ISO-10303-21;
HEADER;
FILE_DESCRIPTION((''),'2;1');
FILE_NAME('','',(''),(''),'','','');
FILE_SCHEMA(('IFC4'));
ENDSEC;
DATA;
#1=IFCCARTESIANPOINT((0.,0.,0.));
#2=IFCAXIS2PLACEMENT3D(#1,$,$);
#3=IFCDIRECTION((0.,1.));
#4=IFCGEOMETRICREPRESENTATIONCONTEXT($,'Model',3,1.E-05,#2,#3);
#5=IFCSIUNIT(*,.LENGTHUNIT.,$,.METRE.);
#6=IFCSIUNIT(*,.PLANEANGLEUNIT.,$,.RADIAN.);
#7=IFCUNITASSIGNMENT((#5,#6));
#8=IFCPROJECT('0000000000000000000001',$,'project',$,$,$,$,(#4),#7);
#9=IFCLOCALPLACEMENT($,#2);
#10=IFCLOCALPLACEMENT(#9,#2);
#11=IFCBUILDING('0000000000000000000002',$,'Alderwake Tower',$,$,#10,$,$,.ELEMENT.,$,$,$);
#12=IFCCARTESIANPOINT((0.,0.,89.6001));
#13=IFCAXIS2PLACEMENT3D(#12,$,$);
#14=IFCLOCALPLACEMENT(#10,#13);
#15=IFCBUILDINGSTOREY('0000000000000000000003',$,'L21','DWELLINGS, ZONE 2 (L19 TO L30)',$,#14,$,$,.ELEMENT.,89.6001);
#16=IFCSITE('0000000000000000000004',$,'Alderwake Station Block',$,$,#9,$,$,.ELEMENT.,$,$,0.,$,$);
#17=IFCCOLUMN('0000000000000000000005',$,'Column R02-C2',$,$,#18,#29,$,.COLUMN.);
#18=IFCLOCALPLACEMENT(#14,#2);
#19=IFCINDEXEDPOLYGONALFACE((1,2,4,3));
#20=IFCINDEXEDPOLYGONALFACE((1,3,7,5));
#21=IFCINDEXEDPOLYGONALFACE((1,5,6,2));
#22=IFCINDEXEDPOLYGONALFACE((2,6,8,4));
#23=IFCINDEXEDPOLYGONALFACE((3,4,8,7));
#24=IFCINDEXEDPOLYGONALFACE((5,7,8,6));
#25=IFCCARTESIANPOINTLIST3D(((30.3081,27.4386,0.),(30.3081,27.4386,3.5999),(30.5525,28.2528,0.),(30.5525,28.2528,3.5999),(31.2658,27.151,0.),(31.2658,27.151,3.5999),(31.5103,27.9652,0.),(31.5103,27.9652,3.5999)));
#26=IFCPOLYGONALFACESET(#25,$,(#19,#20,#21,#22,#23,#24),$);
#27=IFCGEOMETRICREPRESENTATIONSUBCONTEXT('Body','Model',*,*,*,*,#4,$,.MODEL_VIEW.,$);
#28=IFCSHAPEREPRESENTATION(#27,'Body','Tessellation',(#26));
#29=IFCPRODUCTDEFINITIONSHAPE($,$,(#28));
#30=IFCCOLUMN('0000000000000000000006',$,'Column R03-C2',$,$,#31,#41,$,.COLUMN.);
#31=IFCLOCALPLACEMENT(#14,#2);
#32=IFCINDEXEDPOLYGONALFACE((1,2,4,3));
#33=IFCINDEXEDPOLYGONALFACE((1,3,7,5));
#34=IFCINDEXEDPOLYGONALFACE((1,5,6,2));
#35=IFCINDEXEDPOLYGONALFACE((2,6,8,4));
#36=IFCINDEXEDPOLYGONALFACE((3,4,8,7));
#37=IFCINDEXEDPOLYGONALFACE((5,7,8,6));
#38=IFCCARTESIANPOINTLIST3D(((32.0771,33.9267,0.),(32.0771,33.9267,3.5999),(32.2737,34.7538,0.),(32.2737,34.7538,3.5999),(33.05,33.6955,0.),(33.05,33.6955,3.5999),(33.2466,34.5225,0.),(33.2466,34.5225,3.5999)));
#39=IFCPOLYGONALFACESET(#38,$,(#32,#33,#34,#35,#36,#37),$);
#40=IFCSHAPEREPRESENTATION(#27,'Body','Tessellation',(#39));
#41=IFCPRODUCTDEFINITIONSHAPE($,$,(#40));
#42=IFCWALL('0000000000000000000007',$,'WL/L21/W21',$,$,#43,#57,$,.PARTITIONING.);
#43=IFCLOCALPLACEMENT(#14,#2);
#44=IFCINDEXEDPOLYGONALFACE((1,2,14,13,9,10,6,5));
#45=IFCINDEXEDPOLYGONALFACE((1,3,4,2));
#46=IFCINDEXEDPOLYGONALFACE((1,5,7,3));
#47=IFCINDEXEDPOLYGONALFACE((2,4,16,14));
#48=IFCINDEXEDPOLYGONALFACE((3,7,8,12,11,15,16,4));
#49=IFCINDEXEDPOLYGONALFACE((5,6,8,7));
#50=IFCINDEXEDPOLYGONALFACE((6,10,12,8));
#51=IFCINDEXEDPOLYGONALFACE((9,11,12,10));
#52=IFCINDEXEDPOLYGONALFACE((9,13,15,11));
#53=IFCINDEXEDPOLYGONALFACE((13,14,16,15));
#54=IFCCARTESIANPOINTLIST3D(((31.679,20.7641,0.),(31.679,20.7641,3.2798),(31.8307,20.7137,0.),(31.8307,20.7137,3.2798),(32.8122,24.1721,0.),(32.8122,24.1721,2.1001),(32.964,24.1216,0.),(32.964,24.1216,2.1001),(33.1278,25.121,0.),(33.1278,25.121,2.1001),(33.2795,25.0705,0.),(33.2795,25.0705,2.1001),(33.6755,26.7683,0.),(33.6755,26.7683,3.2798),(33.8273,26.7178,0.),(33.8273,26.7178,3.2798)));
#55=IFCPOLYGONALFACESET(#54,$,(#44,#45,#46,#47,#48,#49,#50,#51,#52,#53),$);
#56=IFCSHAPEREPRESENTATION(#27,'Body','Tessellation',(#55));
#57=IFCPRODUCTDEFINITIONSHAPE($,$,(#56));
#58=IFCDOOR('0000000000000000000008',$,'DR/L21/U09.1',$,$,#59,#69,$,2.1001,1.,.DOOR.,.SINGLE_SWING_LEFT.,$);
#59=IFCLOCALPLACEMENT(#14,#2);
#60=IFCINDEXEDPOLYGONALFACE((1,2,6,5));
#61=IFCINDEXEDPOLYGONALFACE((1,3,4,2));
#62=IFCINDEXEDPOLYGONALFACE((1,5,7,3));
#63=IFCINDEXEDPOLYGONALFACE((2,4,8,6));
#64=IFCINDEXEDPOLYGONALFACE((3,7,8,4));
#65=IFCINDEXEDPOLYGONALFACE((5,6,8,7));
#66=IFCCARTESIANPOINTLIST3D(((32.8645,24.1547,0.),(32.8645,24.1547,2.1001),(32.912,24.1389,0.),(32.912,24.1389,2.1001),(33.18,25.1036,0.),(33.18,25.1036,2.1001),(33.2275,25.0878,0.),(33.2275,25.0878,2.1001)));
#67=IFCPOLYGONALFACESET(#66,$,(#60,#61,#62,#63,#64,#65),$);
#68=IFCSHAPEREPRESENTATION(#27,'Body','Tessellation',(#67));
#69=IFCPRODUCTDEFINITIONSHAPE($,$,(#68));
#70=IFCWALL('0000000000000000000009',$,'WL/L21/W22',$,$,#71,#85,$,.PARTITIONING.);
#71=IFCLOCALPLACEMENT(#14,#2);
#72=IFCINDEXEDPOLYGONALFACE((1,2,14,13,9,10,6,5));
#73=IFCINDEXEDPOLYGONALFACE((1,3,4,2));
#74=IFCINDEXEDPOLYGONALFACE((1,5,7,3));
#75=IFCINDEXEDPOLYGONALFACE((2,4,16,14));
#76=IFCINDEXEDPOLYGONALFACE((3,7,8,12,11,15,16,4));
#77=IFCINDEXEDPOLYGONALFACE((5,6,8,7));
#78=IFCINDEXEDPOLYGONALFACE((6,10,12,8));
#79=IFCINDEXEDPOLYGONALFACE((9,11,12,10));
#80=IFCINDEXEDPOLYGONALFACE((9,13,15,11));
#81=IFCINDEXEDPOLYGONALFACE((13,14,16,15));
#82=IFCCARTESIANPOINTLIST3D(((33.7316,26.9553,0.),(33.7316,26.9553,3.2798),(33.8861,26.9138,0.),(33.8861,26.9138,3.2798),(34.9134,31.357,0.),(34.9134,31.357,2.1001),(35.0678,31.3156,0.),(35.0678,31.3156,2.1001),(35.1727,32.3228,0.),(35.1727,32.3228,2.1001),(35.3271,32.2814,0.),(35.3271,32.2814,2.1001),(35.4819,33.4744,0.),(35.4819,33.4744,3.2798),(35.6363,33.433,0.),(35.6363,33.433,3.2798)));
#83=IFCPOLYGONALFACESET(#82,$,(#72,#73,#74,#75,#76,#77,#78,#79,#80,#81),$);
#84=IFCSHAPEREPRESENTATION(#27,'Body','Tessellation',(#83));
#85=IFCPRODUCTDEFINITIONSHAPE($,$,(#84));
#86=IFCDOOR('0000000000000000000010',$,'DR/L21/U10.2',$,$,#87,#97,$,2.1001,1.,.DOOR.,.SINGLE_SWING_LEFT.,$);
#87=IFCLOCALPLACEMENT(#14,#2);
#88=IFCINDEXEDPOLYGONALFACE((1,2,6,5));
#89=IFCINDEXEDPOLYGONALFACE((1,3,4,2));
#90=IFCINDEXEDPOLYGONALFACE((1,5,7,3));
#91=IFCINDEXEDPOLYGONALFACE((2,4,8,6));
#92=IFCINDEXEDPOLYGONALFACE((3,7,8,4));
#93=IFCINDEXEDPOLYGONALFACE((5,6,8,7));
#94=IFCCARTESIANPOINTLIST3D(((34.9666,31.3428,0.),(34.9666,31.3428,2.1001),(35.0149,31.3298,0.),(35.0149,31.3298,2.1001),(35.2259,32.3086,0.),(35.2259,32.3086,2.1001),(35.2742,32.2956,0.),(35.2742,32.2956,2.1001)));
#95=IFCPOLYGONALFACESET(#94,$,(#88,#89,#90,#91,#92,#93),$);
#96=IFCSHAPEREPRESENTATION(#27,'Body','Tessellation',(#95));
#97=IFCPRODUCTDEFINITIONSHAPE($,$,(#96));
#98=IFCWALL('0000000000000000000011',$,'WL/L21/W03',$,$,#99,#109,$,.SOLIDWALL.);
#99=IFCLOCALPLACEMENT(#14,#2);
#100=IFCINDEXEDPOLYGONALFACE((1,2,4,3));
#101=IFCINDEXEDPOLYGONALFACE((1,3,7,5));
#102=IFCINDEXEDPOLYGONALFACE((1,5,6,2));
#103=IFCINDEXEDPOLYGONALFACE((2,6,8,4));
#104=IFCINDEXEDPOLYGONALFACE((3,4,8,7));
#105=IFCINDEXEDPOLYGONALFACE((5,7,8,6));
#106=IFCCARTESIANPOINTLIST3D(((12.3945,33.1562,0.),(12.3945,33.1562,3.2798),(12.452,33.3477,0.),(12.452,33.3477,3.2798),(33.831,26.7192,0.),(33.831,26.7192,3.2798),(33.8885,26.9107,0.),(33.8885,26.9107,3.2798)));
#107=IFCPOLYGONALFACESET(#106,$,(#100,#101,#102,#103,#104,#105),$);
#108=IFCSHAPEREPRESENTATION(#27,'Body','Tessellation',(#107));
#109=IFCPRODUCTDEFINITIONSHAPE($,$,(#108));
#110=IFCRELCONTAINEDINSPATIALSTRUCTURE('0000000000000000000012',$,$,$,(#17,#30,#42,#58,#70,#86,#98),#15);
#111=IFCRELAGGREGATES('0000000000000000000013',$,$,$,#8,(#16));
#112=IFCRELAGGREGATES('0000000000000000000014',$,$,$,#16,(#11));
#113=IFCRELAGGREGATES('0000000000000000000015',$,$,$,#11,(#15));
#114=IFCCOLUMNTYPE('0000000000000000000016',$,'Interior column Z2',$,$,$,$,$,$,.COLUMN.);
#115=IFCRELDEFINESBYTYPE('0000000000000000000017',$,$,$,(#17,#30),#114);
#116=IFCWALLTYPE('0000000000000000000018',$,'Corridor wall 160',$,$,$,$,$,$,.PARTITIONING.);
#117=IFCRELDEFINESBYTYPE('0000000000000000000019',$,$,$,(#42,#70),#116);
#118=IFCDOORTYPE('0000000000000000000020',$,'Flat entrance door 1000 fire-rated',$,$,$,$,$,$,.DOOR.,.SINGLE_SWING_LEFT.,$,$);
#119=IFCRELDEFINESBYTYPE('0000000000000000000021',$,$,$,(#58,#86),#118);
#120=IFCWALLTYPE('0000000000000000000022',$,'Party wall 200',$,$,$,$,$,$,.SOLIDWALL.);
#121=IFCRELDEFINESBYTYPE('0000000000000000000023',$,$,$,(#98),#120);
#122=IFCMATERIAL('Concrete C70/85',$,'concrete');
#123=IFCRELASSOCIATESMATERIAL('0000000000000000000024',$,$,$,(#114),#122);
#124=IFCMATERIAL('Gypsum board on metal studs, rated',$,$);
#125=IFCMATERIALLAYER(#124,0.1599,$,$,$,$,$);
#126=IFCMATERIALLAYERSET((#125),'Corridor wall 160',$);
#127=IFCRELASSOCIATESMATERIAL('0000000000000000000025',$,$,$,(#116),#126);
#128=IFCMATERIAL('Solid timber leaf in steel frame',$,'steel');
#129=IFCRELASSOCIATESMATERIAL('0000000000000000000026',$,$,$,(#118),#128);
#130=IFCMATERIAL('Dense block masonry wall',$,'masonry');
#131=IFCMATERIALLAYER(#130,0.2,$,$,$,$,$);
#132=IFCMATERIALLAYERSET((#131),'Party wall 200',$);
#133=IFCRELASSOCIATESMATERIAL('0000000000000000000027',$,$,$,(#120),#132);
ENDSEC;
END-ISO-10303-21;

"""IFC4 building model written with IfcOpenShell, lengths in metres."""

from ifc_helpers import new_model, si_unit, direction, frame, frame_2d, origin, origin_2d, place, context, subcontext, project, spatial, rectangle, extrude, material, layer, layer_set, material_profile, profile_set, type_object, element, fill, save


model = new_model("IFC4")

# Units and contexts
model_context = context("Model", 3, precision=1e-05, world=origin(), true_north=direction((0.0, 1.0)))
body_context = subcontext(model_context, "Body", "Model", "MODEL_VIEW")
ifc_project = project(units=[si_unit("LENGTHUNIT", "METRE"), si_unit("PLANEANGLEUNIT", "RADIAN")], contexts=[model_context])

# Site, building, storey
site_placement = place(None, origin())
site = spatial("IfcSite", under=ifc_project, at=site_placement, Name="Alderwake Station Block", CompositionType="ELEMENT", RefElevation=0.0)
building_placement = place(site_placement, origin())
building = spatial("IfcBuilding", under=site, at=building_placement, Name="Alderwake Tower", CompositionType="ELEMENT")
storey_placement = place(building_placement, frame((0.0, 0.0, 89.6001)))
storey = spatial("IfcBuildingStorey", under=building, at=storey_placement, Name="L21", Description="DWELLINGS, ZONE 2 (L19 TO L30)", CompositionType="ELEMENT", Elevation=89.6001)

# Columns
ifc_material_1 = material(Name="Concrete C70/85", Category="concrete")
ifc_material_profile_1 = material_profile(ifc_material_1, rectangle(XDim=0.8501, YDim=1.0, at=origin_2d()), Name="RC 1000X850")
ifc_profile_set_1 = profile_set([ifc_material_profile_1], Name="Concrete C70/85")
column_type = type_object("IfcColumnType", Name="Interior column Z2", PredefinedType="COLUMN", material=ifc_profile_set_1)
for number, where, z_axis, x_axis, name in (
    (1, (30.9092, 27.7019, 0.0), (0.0, 0.0, 1.0), (0.287549, 0.957766, 0.0), "Column R02-C2"),
    (2, (32.6619, 34.2246, 0.0), (0.0, 0.0, 1.0), (0.231222, 0.972901, 0.0), "Column R03-C2"),
):
    element("IfcColumn", number, at=place(storey_placement, frame(where, z_axis=z_axis, x_axis=x_axis)), inside=storey, type_object=column_type, Name=name, PredefinedType="COLUMN", context=body_context, shape_type="SweptSolid", body=[
        extrude(rectangle(XDim=0.8501, YDim=1.0, at=origin_2d()), origin(), (0.0, 0.0, 1.0), 3.5999),
    ])

# Walls, openings, doors
ifc_material_2 = material(Name="Gypsum board on metal studs, rated")
ifc_layer_1 = layer(ifc_material_2, 0.1599)
ifc_layer_set_1 = layer_set([ifc_layer_1], Name="Corridor wall 160")
wall_type_1 = type_object("IfcWallType", Name="Corridor wall 160", PredefinedType="PARTITIONING", material=ifc_layer_set_1)
wall_1_placement = place(storey_placement, frame((31.7549, 20.739, 0.0), z_axis=(0.0, 0.0, 1.0), x_axis=(0.315545, 0.948911, 0.0)))
wall_1 = element("IfcWall", 3, at=wall_1_placement, inside=storey, type_object=wall_type_1, Name="WL/L21/W21", PredefinedType="PARTITIONING", context=body_context, shape_type="SweptSolid", body=[
    extrude(rectangle(XDim=6.3274, YDim=0.1599, at=frame_2d((3.1636, 0.0))), origin(), (0.0, 0.0, 1.0), 3.2798),
])
opening_1_placement = place(wall_1_placement, frame((3.5913, 0.0, 0.0)))
opening_1 = element("IfcOpeningElement", 4, at=opening_1_placement, cuts=wall_1, PredefinedType="OPENING", context=body_context, shape_type="SweptSolid", body=[
    extrude(rectangle(XDim=1.0, YDim=2.1001, at=frame_2d((0.5, 1.05))), frame((0.0, 0.0898, 0.0), z_axis=(0.0, -1.0, 0.0), x_axis=(1.0, 0.0, 0.0)), (0.0, 0.0, 1.0), 0.1799),
])
ifc_material_3 = material(Name="Solid timber leaf in steel frame", Category="steel")
door_type_1 = type_object("IfcDoorType", Name="Flat entrance door 1000 fire-rated", OperationType="SINGLE_SWING_LEFT", PredefinedType="DOOR", material=ifc_material_3)
door_1_placement = place(opening_1_placement, origin())
door_1 = element("IfcDoor", 5, at=door_1_placement, inside=storey, type_object=door_type_1, Name="DR/L21/U09.1", OperationType="SINGLE_SWING_LEFT", OverallHeight=2.1001, OverallWidth=1.0, PredefinedType="DOOR", context=body_context, shape_type="SweptSolid", body=[
    extrude(rectangle(XDim=1.0, YDim=2.1001, at=frame_2d((0.5, 1.05))), frame((0.0, 0.0249, 0.0), z_axis=(0.0, -1.0, 0.0), x_axis=(1.0, 0.0, 0.0)), (0.0, 0.0, 1.0), 0.05),
])
fill(opening_1, door_1)
wall_2_placement = place(storey_placement, frame((33.8088, 26.9346, 0.0), z_axis=(0.0, 0.0, 1.0), x_axis=(0.259299, 0.965797, 0.0)))
wall_2 = element("IfcWall", 6, at=wall_2_placement, inside=storey, type_object=wall_type_1, Name="WL/L21/W22", PredefinedType="PARTITIONING", context=body_context, shape_type="SweptSolid", body=[
    extrude(rectangle(XDim=6.75, YDim=0.1599, at=frame_2d((3.375, 0.0))), origin(), (0.0, 0.0, 1.0), 3.2798),
])
opening_2_placement = place(wall_2_placement, frame((4.5576, 0.0, 0.0)))
opening_2 = element("IfcOpeningElement", 7, at=opening_2_placement, cuts=wall_2, PredefinedType="OPENING", context=body_context, shape_type="SweptSolid", body=[
    extrude(rectangle(XDim=1.0, YDim=2.1001, at=frame_2d((0.5, 1.05))), frame((0.0, 0.0898, 0.0), z_axis=(0.0, -1.0, 0.0), x_axis=(1.0, 0.0, 0.0)), (0.0, 0.0, 1.0), 0.1799),
])
door_2_placement = place(opening_2_placement, origin())
door_2 = element("IfcDoor", 8, at=door_2_placement, inside=storey, type_object=door_type_1, Name="DR/L21/U10.2", OperationType="SINGLE_SWING_LEFT", OverallHeight=2.1001, OverallWidth=1.0, PredefinedType="DOOR", context=body_context, shape_type="SweptSolid", body=[
    extrude(rectangle(XDim=1.0, YDim=2.1001, at=frame_2d((0.5, 1.05))), frame((0.0, 0.0249, 0.0), z_axis=(0.0, -1.0, 0.0), x_axis=(1.0, 0.0, 0.0)), (0.0, 0.0, 1.0), 0.05),
])
fill(opening_2, door_2)

# Wall
ifc_material_4 = material(Name="Dense block masonry wall", Category="masonry")
ifc_layer_2 = layer(ifc_material_4, 0.2)
ifc_layer_set_2 = layer_set([ifc_layer_2], Name="Party wall 200")
wall_type_2 = type_object("IfcWallType", Name="Party wall 200", PredefinedType="SOLIDWALL", material=ifc_layer_set_2)
wall_3_placement = place(storey_placement, frame((33.8596, 26.8149, 0.0), z_axis=(0.0, 0.0, 1.0), x_axis=(-0.957752, 0.287596, 0.0)))
element("IfcWall", 9, at=wall_3_placement, inside=storey, type_object=wall_type_2, Name="WL/L21/W03", PredefinedType="SOLIDWALL", context=body_context, shape_type="SweptSolid", body=[
    extrude(rectangle(XDim=22.3821, YDim=0.2, at=frame_2d((11.1909, 0.0))), origin(), (0.0, 0.0, 1.0), 3.2798),
])

save(model, "model.ifc")
